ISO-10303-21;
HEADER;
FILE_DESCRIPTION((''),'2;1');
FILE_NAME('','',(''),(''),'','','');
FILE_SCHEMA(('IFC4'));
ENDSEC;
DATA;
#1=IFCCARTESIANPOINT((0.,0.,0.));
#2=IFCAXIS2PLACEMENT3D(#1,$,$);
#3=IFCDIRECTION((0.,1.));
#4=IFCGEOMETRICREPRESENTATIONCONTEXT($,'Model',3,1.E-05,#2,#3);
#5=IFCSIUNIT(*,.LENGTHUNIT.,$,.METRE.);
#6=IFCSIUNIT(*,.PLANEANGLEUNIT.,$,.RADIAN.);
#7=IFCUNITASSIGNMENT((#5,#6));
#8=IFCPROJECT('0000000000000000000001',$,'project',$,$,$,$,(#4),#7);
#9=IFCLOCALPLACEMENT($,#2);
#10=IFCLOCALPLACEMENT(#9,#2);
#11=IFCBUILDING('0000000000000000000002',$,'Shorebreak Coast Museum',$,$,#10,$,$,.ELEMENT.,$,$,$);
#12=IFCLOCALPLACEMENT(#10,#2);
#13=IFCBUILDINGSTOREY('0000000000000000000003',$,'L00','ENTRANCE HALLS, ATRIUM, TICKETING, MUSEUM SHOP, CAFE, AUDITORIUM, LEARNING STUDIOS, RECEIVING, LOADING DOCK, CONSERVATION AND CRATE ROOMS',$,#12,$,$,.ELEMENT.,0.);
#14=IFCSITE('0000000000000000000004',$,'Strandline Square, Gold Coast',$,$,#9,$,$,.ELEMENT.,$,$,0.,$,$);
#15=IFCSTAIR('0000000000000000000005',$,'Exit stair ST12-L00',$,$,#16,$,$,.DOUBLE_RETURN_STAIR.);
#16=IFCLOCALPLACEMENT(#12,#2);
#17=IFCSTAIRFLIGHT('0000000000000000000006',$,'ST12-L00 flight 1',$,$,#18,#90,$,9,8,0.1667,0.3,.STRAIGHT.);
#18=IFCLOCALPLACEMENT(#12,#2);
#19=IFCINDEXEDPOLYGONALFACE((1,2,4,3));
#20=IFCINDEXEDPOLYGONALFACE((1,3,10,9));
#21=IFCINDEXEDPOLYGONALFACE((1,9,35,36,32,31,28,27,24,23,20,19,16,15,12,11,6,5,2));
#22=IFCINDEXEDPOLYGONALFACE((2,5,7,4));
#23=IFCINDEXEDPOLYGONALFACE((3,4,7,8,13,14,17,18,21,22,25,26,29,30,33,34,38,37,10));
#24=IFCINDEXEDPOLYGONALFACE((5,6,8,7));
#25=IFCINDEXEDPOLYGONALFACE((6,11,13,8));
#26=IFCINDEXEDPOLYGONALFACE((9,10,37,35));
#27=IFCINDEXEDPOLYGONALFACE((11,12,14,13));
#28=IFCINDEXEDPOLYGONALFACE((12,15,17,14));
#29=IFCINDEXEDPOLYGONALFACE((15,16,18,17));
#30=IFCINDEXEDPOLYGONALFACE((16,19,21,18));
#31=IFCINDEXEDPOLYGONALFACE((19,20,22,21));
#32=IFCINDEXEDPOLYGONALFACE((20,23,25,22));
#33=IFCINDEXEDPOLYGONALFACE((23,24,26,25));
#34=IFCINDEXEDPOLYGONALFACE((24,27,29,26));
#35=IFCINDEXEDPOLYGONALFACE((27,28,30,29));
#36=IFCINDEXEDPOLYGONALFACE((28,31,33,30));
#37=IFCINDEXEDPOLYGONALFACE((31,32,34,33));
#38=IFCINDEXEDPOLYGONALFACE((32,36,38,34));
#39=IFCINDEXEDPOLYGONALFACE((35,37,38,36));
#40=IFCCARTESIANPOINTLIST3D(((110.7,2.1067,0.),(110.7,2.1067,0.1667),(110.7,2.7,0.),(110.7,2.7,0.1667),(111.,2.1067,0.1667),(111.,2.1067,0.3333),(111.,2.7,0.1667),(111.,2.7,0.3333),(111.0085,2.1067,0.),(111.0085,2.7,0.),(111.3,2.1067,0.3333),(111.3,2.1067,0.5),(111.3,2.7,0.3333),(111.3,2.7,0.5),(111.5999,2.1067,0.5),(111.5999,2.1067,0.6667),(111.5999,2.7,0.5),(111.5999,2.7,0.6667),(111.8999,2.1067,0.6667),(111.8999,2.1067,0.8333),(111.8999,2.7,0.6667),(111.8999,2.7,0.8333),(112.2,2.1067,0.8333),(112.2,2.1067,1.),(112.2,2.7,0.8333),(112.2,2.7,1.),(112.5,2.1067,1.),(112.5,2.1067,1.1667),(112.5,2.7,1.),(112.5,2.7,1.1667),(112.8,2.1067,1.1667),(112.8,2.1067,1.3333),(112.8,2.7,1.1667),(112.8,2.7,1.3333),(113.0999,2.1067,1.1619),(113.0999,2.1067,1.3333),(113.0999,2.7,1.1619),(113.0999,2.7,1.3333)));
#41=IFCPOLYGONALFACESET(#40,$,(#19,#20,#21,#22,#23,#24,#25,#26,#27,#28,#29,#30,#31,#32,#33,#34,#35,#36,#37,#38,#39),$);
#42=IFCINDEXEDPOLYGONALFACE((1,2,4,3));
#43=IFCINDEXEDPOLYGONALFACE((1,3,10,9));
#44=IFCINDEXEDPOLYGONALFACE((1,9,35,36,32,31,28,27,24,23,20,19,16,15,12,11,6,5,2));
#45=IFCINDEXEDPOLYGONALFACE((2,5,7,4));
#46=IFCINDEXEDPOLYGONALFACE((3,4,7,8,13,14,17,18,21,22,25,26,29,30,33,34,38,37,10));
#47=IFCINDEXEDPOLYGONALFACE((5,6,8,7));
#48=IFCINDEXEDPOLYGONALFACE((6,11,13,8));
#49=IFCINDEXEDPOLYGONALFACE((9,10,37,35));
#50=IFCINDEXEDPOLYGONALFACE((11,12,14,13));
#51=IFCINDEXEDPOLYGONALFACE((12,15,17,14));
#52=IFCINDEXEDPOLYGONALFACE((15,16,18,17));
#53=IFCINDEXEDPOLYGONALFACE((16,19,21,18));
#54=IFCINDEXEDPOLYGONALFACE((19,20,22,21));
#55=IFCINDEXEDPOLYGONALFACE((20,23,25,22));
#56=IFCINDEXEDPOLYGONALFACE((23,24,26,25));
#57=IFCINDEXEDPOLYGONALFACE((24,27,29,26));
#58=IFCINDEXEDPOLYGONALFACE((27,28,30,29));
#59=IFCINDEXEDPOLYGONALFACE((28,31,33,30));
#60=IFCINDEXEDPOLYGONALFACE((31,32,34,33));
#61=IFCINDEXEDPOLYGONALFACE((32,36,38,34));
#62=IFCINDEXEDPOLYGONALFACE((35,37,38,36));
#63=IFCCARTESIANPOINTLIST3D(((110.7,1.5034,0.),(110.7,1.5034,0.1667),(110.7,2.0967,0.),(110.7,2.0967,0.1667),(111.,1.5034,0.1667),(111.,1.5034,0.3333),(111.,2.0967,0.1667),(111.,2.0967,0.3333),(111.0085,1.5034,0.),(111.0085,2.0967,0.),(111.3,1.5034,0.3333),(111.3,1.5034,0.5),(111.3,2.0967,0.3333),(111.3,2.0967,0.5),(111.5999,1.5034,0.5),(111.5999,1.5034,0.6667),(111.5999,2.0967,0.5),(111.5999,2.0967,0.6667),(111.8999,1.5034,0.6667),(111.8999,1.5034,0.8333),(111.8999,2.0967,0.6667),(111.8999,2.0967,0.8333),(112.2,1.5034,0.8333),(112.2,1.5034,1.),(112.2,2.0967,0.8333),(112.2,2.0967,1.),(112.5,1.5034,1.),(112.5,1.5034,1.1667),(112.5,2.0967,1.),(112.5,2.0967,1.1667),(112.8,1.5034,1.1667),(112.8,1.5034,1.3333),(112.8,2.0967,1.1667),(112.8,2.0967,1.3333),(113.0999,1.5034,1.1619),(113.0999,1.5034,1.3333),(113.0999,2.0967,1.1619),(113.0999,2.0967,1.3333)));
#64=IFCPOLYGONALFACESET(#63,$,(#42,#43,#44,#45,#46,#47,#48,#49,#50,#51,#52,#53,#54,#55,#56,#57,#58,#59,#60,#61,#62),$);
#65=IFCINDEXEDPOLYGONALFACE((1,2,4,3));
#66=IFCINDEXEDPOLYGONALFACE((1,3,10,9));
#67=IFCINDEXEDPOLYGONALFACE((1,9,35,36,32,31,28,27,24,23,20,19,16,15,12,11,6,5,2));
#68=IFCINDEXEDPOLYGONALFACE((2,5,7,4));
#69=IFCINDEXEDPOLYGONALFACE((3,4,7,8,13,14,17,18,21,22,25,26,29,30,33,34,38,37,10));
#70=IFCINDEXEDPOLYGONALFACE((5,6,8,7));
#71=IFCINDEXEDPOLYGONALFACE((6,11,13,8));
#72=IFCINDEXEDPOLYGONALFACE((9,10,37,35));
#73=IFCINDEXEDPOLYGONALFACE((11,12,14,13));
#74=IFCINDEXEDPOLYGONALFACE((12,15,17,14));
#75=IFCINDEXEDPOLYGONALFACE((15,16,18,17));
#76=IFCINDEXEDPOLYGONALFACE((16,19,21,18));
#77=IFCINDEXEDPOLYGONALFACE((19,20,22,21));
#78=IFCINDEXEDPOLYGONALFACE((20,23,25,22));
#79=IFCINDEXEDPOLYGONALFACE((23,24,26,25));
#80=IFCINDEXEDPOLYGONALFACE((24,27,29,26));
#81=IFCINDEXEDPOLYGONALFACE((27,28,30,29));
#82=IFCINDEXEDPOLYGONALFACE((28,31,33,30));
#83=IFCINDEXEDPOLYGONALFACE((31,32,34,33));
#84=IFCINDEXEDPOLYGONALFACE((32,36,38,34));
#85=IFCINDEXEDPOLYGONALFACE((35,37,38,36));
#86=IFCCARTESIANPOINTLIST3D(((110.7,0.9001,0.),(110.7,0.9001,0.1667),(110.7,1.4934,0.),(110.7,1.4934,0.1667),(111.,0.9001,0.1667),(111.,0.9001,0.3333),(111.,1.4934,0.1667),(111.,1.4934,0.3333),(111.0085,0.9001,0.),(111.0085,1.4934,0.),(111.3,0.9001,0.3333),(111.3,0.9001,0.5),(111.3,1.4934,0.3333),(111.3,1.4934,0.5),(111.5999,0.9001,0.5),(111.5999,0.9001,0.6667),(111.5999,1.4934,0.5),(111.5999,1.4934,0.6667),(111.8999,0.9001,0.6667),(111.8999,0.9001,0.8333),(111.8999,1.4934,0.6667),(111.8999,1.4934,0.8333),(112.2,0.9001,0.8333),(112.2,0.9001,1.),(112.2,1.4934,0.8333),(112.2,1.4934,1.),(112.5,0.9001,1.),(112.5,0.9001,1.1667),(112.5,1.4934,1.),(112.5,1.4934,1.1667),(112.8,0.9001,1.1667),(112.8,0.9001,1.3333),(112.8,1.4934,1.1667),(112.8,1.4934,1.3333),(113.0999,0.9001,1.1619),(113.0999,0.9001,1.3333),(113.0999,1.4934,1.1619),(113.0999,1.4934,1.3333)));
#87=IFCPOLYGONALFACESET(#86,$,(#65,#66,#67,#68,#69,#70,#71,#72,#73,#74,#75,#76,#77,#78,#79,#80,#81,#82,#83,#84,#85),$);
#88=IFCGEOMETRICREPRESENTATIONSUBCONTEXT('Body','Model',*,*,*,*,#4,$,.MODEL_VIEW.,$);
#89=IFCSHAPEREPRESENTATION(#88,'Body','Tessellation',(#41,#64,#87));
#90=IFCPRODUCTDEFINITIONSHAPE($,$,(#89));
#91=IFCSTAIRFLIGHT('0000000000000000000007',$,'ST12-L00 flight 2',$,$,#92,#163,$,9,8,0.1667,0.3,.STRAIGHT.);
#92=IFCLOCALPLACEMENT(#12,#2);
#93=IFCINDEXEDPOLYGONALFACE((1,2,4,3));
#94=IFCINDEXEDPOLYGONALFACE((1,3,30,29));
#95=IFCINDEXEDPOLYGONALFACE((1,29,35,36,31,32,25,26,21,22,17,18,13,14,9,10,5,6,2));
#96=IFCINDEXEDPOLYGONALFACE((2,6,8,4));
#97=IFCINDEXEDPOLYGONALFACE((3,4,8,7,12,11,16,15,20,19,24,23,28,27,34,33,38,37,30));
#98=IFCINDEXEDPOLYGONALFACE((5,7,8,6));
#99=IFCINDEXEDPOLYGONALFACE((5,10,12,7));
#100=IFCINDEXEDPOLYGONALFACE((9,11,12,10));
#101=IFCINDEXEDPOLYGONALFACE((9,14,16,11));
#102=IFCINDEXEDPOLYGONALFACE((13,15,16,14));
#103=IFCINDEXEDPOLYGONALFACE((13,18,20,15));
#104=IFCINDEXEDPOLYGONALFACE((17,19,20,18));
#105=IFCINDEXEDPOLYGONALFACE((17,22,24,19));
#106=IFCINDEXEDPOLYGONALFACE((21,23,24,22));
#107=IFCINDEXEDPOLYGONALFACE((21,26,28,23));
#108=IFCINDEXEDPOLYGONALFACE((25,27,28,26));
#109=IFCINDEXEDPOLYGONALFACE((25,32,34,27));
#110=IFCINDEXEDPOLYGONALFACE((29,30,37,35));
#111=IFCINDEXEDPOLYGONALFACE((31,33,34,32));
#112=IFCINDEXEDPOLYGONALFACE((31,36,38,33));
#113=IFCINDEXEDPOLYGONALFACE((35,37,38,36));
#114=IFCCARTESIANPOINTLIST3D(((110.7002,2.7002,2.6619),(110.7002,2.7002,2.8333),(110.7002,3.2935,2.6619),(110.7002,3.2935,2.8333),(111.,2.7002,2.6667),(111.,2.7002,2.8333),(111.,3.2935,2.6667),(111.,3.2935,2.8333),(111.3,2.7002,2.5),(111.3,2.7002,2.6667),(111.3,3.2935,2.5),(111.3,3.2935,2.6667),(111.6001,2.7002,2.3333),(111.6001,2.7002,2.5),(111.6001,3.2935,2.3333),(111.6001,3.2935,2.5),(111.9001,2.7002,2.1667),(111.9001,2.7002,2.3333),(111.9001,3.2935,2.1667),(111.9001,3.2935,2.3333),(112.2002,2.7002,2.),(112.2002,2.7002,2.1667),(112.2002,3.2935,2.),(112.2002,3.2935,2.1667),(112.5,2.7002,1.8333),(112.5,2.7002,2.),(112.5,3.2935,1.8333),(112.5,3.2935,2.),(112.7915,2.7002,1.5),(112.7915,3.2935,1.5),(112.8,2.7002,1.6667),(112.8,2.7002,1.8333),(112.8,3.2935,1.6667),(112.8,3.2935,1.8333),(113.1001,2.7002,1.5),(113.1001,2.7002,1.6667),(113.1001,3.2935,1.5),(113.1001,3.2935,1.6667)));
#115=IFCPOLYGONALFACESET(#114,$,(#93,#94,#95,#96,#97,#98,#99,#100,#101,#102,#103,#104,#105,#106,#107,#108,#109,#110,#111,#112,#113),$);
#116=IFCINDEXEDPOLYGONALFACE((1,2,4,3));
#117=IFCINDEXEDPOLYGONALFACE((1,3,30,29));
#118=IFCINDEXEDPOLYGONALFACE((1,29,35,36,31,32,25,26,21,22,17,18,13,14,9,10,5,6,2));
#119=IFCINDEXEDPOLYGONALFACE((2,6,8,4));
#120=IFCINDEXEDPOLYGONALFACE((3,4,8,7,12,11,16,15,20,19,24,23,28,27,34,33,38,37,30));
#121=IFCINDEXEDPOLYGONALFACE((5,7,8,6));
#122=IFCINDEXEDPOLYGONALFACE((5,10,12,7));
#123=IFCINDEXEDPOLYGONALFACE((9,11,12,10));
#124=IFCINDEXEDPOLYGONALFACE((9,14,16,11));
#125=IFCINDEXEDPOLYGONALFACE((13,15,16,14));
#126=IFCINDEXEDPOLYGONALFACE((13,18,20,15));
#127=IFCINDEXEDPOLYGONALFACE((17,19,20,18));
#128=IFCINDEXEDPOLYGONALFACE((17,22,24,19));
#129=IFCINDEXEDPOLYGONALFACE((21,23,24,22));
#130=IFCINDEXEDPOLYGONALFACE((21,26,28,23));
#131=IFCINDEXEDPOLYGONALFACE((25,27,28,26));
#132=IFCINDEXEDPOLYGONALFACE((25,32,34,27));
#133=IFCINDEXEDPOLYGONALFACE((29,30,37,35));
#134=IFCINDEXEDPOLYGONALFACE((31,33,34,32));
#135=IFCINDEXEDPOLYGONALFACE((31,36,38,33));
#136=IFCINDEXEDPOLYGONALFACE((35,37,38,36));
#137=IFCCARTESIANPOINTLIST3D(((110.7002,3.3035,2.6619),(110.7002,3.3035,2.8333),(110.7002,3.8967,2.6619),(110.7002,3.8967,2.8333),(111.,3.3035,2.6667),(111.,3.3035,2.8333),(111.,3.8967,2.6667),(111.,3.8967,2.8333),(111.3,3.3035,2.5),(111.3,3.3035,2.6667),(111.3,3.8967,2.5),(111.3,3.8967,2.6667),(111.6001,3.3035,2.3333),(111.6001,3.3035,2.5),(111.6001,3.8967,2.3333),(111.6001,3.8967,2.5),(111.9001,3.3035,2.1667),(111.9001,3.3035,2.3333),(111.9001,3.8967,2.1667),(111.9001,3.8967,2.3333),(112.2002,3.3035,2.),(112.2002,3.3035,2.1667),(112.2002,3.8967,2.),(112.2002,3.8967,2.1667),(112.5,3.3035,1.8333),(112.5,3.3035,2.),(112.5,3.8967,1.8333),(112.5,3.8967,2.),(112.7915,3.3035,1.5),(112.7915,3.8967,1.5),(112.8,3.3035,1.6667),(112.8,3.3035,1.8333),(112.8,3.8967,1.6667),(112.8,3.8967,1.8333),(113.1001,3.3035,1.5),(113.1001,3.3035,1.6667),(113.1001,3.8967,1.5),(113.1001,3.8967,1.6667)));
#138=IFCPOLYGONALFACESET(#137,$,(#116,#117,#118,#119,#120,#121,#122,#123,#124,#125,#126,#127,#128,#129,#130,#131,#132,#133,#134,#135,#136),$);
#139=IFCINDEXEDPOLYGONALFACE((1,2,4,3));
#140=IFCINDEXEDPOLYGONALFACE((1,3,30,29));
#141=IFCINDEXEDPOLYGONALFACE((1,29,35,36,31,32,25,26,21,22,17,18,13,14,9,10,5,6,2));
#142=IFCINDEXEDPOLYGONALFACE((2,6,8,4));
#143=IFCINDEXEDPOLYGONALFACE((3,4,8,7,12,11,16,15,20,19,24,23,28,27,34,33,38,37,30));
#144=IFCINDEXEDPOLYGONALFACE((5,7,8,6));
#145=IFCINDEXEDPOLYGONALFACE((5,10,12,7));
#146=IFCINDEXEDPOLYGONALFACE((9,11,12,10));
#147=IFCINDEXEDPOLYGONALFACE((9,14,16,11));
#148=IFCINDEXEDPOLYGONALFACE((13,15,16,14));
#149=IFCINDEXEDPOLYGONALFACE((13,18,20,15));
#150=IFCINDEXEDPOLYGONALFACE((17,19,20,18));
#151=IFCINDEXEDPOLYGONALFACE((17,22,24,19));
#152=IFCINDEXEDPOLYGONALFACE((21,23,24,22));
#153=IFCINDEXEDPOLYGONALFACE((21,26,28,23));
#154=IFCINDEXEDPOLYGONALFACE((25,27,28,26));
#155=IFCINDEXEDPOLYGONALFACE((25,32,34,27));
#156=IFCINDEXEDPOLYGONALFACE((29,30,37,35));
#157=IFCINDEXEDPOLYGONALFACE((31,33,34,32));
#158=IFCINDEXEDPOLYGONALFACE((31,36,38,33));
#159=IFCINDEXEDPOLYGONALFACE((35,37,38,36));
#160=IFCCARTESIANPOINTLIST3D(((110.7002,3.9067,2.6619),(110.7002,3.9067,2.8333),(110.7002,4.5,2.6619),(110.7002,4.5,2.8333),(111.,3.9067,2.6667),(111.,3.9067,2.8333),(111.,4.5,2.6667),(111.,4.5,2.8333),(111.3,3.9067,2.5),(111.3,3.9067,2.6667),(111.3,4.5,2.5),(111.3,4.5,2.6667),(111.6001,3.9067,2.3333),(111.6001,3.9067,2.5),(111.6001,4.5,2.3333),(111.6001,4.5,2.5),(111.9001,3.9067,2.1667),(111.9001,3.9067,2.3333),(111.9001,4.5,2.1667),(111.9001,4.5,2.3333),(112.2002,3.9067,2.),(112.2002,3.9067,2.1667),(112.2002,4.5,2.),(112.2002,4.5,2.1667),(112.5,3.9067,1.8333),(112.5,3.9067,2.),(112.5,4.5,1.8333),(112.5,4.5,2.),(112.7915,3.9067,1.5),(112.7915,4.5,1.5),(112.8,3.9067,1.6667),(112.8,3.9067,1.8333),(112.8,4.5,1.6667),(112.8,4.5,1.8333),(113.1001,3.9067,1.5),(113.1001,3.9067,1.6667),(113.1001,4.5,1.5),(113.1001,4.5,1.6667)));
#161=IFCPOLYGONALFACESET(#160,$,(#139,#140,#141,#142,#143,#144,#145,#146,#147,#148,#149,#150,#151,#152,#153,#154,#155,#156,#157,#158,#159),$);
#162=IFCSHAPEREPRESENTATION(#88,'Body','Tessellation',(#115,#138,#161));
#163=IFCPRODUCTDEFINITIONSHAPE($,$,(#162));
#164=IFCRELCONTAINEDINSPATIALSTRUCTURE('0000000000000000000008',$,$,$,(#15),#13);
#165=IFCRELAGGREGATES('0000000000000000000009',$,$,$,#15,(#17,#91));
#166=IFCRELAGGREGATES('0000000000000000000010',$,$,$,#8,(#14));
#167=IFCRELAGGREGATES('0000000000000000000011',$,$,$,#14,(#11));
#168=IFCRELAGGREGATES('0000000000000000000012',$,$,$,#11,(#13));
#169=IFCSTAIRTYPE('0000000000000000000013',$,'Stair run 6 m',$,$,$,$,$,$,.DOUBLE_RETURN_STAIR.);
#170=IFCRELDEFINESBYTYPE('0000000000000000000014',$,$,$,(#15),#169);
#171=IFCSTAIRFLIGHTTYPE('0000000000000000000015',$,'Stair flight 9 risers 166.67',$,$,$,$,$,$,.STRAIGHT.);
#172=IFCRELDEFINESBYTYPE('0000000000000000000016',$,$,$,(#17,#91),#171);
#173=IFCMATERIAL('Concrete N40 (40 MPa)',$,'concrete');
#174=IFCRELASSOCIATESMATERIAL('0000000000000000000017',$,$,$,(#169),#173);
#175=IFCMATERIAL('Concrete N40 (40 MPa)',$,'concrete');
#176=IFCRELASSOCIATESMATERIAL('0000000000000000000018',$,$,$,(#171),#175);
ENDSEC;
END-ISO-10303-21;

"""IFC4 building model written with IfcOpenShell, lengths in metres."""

from ifc_helpers import new_model, si_unit, direction, frame, origin, place, context, subcontext, project, spatial, polyline, outline, extrude, material, type_object, element, aggregate, save


model = new_model("IFC4")

# Units and contexts
model_context = context("Model", 3, precision=1e-05, world=origin(), true_north=direction((0.0, 1.0)))
body_context = subcontext(model_context, "Body", "Model", "MODEL_VIEW")
ifc_project = project(units=[si_unit("LENGTHUNIT", "METRE"), si_unit("PLANEANGLEUNIT", "RADIAN")], contexts=[model_context])

# Site, building, storey
site_placement = place(None, origin())
site = spatial("IfcSite", under=ifc_project, at=site_placement, Name="Strandline Square, Gold Coast", CompositionType="ELEMENT", RefElevation=0.0)
building_placement = place(site_placement, origin())
building = spatial("IfcBuilding", under=site, at=building_placement, Name="Shorebreak Coast Museum", CompositionType="ELEMENT")
storey_placement = place(building_placement, origin())
storey = spatial("IfcBuildingStorey", under=building, at=storey_placement, Name="L00", Description="ENTRANCE HALLS, ATRIUM, TICKETING, MUSEUM SHOP, CAFE, AUDITORIUM, LEARNING STUDIOS, RECEIVING, LOADING DOCK, CONSERVATION AND CRATE ROOMS", CompositionType="ELEMENT", Elevation=0.0)

# Stair, stair flights
ifc_material_1 = material(Name="Concrete N40 (40 MPa)", Category="concrete")
stair_type = type_object("IfcStairType", Name="Stair run 6 m", PredefinedType="DOUBLE_RETURN_STAIR", material=ifc_material_1)
stair_placement = place(storey_placement, origin())
stair = element("IfcStair", 1, at=stair_placement, inside=storey, type_object=stair_type, Name="Exit stair ST12-L00", PredefinedType="DOUBLE_RETURN_STAIR")
ifc_material_2 = material(Name="Concrete N40 (40 MPa)", Category="concrete")
stair_flight_type = type_object("IfcStairFlightType", Name="Stair flight 9 risers 166.67", PredefinedType="STRAIGHT", material=ifc_material_2)
stair_flight_1_placement = place(storey_placement, frame((110.7, 1.8, 0.0), z_axis=(0.0, 0.0, 1.0), x_axis=(1.0, 0.0, 0.0)))
stair_flight_1 = element("IfcStairFlight", 2, at=stair_flight_1_placement, type_object=stair_flight_type, Name="ST12-L00 flight 1", NumberOfRisers=9, NumberOfTreads=8, PredefinedType="STRAIGHT", RiserHeight=0.1667, TreadLength=0.3, context=body_context, shape_type="SweptSolid", body=[
    extrude(outline(polyline([(0.0, 0.0), (0.0, 0.1667), (0.3, 0.1667), (0.3, 0.3333), (0.6001, 0.3333), (0.6001, 0.5), (0.8999, 0.5), (0.8999, 0.6667), (1.2, 0.6667), (1.2, 0.8333), (1.5, 0.8333), (1.5, 1.0), (1.8, 1.0), (1.8, 1.1667), (2.1001, 1.1667), (2.1001, 1.3333), (2.3999, 1.3333), (2.3999, 1.5), (2.3999, 1.1619), (0.3086, 0.0), (0.0, 0.0)])), frame((0.0, 0.8999, 0.0), z_axis=(0.0, -1.0, 0.0), x_axis=(1.0, 0.0, 0.0)), (0.0, 0.0, 1.0), 0.5933),
    extrude(outline(polyline([(0.0, 0.0), (0.0, 0.1667), (0.3, 0.1667), (0.3, 0.3333), (0.6001, 0.3333), (0.6001, 0.5), (0.8999, 0.5), (0.8999, 0.6667), (1.2, 0.6667), (1.2, 0.8333), (1.5, 0.8333), (1.5, 1.0), (1.8, 1.0), (1.8, 1.1667), (2.1001, 1.1667), (2.1001, 1.3333), (2.3999, 1.3333), (2.3999, 1.5), (2.3999, 1.1619), (0.3086, 0.0), (0.0, 0.0)])), frame((0.0, 0.2966, 0.0), z_axis=(0.0, -1.0, 0.0), x_axis=(1.0, 0.0, 0.0)), (0.0, 0.0, 1.0), 0.5933),
    extrude(outline(polyline([(0.0, 0.0), (0.0, 0.1667), (0.3, 0.1667), (0.3, 0.3333), (0.6001, 0.3333), (0.6001, 0.5), (0.8999, 0.5), (0.8999, 0.6667), (1.2, 0.6667), (1.2, 0.8333), (1.5, 0.8333), (1.5, 1.0), (1.8, 1.0), (1.8, 1.1667), (2.1001, 1.1667), (2.1001, 1.3333), (2.3999, 1.3333), (2.3999, 1.5), (2.3999, 1.1619), (0.3086, 0.0), (0.0, 0.0)])), frame((0.0, -0.3066, 0.0), z_axis=(0.0, -1.0, 0.0), x_axis=(1.0, 0.0, 0.0)), (0.0, 0.0, 1.0), 0.5933),
])
stair_flight_2_placement = place(storey_placement, frame((113.1001, 3.6001, 1.5), z_axis=(0.0, 0.0, 1.0), x_axis=(-1.0, 0.0, 0.0)))
stair_flight_2 = element("IfcStairFlight", 3, at=stair_flight_2_placement, type_object=stair_flight_type, Name="ST12-L00 flight 2", NumberOfRisers=9, NumberOfTreads=8, PredefinedType="STRAIGHT", RiserHeight=0.1667, TreadLength=0.3, context=body_context, shape_type="SweptSolid", body=[
    extrude(outline(polyline([(0.0, 0.0), (0.0, 0.1667), (0.3, 0.1667), (0.3, 0.3333), (0.6001, 0.3333), (0.6001, 0.5), (0.8999, 0.5), (0.8999, 0.6667), (1.2, 0.6667), (1.2, 0.8333), (1.5, 0.8333), (1.5, 1.0), (1.8, 1.0), (1.8, 1.1667), (2.1001, 1.1667), (2.1001, 1.3333), (2.3999, 1.3333), (2.3999, 1.5), (2.3999, 1.1619), (0.3086, 0.0), (0.0, 0.0)])), frame((0.0, 0.8999, 0.0), z_axis=(0.0, -1.0, 0.0), x_axis=(1.0, 0.0, 0.0)), (0.0, 0.0, 1.0), 0.5933),
    extrude(outline(polyline([(0.0, 0.0), (0.0, 0.1667), (0.3, 0.1667), (0.3, 0.3333), (0.6001, 0.3333), (0.6001, 0.5), (0.8999, 0.5), (0.8999, 0.6667), (1.2, 0.6667), (1.2, 0.8333), (1.5, 0.8333), (1.5, 1.0), (1.8, 1.0), (1.8, 1.1667), (2.1001, 1.1667), (2.1001, 1.3333), (2.3999, 1.3333), (2.3999, 1.5), (2.3999, 1.1619), (0.3086, 0.0), (0.0, 0.0)])), frame((0.0, 0.2966, 0.0), z_axis=(0.0, -1.0, 0.0), x_axis=(1.0, 0.0, 0.0)), (0.0, 0.0, 1.0), 0.5933),
    extrude(outline(polyline([(0.0, 0.0), (0.0, 0.1667), (0.3, 0.1667), (0.3, 0.3333), (0.6001, 0.3333), (0.6001, 0.5), (0.8999, 0.5), (0.8999, 0.6667), (1.2, 0.6667), (1.2, 0.8333), (1.5, 0.8333), (1.5, 1.0), (1.8, 1.0), (1.8, 1.1667), (2.1001, 1.1667), (2.1001, 1.3333), (2.3999, 1.3333), (2.3999, 1.5), (2.3999, 1.1619), (0.3086, 0.0), (0.0, 0.0)])), frame((0.0, -0.3066, 0.0), z_axis=(0.0, -1.0, 0.0), x_axis=(1.0, 0.0, 0.0)), (0.0, 0.0, 1.0), 0.5933),
])
aggregate(stair, [stair_flight_1, stair_flight_2])

save(model, "model.ifc")
